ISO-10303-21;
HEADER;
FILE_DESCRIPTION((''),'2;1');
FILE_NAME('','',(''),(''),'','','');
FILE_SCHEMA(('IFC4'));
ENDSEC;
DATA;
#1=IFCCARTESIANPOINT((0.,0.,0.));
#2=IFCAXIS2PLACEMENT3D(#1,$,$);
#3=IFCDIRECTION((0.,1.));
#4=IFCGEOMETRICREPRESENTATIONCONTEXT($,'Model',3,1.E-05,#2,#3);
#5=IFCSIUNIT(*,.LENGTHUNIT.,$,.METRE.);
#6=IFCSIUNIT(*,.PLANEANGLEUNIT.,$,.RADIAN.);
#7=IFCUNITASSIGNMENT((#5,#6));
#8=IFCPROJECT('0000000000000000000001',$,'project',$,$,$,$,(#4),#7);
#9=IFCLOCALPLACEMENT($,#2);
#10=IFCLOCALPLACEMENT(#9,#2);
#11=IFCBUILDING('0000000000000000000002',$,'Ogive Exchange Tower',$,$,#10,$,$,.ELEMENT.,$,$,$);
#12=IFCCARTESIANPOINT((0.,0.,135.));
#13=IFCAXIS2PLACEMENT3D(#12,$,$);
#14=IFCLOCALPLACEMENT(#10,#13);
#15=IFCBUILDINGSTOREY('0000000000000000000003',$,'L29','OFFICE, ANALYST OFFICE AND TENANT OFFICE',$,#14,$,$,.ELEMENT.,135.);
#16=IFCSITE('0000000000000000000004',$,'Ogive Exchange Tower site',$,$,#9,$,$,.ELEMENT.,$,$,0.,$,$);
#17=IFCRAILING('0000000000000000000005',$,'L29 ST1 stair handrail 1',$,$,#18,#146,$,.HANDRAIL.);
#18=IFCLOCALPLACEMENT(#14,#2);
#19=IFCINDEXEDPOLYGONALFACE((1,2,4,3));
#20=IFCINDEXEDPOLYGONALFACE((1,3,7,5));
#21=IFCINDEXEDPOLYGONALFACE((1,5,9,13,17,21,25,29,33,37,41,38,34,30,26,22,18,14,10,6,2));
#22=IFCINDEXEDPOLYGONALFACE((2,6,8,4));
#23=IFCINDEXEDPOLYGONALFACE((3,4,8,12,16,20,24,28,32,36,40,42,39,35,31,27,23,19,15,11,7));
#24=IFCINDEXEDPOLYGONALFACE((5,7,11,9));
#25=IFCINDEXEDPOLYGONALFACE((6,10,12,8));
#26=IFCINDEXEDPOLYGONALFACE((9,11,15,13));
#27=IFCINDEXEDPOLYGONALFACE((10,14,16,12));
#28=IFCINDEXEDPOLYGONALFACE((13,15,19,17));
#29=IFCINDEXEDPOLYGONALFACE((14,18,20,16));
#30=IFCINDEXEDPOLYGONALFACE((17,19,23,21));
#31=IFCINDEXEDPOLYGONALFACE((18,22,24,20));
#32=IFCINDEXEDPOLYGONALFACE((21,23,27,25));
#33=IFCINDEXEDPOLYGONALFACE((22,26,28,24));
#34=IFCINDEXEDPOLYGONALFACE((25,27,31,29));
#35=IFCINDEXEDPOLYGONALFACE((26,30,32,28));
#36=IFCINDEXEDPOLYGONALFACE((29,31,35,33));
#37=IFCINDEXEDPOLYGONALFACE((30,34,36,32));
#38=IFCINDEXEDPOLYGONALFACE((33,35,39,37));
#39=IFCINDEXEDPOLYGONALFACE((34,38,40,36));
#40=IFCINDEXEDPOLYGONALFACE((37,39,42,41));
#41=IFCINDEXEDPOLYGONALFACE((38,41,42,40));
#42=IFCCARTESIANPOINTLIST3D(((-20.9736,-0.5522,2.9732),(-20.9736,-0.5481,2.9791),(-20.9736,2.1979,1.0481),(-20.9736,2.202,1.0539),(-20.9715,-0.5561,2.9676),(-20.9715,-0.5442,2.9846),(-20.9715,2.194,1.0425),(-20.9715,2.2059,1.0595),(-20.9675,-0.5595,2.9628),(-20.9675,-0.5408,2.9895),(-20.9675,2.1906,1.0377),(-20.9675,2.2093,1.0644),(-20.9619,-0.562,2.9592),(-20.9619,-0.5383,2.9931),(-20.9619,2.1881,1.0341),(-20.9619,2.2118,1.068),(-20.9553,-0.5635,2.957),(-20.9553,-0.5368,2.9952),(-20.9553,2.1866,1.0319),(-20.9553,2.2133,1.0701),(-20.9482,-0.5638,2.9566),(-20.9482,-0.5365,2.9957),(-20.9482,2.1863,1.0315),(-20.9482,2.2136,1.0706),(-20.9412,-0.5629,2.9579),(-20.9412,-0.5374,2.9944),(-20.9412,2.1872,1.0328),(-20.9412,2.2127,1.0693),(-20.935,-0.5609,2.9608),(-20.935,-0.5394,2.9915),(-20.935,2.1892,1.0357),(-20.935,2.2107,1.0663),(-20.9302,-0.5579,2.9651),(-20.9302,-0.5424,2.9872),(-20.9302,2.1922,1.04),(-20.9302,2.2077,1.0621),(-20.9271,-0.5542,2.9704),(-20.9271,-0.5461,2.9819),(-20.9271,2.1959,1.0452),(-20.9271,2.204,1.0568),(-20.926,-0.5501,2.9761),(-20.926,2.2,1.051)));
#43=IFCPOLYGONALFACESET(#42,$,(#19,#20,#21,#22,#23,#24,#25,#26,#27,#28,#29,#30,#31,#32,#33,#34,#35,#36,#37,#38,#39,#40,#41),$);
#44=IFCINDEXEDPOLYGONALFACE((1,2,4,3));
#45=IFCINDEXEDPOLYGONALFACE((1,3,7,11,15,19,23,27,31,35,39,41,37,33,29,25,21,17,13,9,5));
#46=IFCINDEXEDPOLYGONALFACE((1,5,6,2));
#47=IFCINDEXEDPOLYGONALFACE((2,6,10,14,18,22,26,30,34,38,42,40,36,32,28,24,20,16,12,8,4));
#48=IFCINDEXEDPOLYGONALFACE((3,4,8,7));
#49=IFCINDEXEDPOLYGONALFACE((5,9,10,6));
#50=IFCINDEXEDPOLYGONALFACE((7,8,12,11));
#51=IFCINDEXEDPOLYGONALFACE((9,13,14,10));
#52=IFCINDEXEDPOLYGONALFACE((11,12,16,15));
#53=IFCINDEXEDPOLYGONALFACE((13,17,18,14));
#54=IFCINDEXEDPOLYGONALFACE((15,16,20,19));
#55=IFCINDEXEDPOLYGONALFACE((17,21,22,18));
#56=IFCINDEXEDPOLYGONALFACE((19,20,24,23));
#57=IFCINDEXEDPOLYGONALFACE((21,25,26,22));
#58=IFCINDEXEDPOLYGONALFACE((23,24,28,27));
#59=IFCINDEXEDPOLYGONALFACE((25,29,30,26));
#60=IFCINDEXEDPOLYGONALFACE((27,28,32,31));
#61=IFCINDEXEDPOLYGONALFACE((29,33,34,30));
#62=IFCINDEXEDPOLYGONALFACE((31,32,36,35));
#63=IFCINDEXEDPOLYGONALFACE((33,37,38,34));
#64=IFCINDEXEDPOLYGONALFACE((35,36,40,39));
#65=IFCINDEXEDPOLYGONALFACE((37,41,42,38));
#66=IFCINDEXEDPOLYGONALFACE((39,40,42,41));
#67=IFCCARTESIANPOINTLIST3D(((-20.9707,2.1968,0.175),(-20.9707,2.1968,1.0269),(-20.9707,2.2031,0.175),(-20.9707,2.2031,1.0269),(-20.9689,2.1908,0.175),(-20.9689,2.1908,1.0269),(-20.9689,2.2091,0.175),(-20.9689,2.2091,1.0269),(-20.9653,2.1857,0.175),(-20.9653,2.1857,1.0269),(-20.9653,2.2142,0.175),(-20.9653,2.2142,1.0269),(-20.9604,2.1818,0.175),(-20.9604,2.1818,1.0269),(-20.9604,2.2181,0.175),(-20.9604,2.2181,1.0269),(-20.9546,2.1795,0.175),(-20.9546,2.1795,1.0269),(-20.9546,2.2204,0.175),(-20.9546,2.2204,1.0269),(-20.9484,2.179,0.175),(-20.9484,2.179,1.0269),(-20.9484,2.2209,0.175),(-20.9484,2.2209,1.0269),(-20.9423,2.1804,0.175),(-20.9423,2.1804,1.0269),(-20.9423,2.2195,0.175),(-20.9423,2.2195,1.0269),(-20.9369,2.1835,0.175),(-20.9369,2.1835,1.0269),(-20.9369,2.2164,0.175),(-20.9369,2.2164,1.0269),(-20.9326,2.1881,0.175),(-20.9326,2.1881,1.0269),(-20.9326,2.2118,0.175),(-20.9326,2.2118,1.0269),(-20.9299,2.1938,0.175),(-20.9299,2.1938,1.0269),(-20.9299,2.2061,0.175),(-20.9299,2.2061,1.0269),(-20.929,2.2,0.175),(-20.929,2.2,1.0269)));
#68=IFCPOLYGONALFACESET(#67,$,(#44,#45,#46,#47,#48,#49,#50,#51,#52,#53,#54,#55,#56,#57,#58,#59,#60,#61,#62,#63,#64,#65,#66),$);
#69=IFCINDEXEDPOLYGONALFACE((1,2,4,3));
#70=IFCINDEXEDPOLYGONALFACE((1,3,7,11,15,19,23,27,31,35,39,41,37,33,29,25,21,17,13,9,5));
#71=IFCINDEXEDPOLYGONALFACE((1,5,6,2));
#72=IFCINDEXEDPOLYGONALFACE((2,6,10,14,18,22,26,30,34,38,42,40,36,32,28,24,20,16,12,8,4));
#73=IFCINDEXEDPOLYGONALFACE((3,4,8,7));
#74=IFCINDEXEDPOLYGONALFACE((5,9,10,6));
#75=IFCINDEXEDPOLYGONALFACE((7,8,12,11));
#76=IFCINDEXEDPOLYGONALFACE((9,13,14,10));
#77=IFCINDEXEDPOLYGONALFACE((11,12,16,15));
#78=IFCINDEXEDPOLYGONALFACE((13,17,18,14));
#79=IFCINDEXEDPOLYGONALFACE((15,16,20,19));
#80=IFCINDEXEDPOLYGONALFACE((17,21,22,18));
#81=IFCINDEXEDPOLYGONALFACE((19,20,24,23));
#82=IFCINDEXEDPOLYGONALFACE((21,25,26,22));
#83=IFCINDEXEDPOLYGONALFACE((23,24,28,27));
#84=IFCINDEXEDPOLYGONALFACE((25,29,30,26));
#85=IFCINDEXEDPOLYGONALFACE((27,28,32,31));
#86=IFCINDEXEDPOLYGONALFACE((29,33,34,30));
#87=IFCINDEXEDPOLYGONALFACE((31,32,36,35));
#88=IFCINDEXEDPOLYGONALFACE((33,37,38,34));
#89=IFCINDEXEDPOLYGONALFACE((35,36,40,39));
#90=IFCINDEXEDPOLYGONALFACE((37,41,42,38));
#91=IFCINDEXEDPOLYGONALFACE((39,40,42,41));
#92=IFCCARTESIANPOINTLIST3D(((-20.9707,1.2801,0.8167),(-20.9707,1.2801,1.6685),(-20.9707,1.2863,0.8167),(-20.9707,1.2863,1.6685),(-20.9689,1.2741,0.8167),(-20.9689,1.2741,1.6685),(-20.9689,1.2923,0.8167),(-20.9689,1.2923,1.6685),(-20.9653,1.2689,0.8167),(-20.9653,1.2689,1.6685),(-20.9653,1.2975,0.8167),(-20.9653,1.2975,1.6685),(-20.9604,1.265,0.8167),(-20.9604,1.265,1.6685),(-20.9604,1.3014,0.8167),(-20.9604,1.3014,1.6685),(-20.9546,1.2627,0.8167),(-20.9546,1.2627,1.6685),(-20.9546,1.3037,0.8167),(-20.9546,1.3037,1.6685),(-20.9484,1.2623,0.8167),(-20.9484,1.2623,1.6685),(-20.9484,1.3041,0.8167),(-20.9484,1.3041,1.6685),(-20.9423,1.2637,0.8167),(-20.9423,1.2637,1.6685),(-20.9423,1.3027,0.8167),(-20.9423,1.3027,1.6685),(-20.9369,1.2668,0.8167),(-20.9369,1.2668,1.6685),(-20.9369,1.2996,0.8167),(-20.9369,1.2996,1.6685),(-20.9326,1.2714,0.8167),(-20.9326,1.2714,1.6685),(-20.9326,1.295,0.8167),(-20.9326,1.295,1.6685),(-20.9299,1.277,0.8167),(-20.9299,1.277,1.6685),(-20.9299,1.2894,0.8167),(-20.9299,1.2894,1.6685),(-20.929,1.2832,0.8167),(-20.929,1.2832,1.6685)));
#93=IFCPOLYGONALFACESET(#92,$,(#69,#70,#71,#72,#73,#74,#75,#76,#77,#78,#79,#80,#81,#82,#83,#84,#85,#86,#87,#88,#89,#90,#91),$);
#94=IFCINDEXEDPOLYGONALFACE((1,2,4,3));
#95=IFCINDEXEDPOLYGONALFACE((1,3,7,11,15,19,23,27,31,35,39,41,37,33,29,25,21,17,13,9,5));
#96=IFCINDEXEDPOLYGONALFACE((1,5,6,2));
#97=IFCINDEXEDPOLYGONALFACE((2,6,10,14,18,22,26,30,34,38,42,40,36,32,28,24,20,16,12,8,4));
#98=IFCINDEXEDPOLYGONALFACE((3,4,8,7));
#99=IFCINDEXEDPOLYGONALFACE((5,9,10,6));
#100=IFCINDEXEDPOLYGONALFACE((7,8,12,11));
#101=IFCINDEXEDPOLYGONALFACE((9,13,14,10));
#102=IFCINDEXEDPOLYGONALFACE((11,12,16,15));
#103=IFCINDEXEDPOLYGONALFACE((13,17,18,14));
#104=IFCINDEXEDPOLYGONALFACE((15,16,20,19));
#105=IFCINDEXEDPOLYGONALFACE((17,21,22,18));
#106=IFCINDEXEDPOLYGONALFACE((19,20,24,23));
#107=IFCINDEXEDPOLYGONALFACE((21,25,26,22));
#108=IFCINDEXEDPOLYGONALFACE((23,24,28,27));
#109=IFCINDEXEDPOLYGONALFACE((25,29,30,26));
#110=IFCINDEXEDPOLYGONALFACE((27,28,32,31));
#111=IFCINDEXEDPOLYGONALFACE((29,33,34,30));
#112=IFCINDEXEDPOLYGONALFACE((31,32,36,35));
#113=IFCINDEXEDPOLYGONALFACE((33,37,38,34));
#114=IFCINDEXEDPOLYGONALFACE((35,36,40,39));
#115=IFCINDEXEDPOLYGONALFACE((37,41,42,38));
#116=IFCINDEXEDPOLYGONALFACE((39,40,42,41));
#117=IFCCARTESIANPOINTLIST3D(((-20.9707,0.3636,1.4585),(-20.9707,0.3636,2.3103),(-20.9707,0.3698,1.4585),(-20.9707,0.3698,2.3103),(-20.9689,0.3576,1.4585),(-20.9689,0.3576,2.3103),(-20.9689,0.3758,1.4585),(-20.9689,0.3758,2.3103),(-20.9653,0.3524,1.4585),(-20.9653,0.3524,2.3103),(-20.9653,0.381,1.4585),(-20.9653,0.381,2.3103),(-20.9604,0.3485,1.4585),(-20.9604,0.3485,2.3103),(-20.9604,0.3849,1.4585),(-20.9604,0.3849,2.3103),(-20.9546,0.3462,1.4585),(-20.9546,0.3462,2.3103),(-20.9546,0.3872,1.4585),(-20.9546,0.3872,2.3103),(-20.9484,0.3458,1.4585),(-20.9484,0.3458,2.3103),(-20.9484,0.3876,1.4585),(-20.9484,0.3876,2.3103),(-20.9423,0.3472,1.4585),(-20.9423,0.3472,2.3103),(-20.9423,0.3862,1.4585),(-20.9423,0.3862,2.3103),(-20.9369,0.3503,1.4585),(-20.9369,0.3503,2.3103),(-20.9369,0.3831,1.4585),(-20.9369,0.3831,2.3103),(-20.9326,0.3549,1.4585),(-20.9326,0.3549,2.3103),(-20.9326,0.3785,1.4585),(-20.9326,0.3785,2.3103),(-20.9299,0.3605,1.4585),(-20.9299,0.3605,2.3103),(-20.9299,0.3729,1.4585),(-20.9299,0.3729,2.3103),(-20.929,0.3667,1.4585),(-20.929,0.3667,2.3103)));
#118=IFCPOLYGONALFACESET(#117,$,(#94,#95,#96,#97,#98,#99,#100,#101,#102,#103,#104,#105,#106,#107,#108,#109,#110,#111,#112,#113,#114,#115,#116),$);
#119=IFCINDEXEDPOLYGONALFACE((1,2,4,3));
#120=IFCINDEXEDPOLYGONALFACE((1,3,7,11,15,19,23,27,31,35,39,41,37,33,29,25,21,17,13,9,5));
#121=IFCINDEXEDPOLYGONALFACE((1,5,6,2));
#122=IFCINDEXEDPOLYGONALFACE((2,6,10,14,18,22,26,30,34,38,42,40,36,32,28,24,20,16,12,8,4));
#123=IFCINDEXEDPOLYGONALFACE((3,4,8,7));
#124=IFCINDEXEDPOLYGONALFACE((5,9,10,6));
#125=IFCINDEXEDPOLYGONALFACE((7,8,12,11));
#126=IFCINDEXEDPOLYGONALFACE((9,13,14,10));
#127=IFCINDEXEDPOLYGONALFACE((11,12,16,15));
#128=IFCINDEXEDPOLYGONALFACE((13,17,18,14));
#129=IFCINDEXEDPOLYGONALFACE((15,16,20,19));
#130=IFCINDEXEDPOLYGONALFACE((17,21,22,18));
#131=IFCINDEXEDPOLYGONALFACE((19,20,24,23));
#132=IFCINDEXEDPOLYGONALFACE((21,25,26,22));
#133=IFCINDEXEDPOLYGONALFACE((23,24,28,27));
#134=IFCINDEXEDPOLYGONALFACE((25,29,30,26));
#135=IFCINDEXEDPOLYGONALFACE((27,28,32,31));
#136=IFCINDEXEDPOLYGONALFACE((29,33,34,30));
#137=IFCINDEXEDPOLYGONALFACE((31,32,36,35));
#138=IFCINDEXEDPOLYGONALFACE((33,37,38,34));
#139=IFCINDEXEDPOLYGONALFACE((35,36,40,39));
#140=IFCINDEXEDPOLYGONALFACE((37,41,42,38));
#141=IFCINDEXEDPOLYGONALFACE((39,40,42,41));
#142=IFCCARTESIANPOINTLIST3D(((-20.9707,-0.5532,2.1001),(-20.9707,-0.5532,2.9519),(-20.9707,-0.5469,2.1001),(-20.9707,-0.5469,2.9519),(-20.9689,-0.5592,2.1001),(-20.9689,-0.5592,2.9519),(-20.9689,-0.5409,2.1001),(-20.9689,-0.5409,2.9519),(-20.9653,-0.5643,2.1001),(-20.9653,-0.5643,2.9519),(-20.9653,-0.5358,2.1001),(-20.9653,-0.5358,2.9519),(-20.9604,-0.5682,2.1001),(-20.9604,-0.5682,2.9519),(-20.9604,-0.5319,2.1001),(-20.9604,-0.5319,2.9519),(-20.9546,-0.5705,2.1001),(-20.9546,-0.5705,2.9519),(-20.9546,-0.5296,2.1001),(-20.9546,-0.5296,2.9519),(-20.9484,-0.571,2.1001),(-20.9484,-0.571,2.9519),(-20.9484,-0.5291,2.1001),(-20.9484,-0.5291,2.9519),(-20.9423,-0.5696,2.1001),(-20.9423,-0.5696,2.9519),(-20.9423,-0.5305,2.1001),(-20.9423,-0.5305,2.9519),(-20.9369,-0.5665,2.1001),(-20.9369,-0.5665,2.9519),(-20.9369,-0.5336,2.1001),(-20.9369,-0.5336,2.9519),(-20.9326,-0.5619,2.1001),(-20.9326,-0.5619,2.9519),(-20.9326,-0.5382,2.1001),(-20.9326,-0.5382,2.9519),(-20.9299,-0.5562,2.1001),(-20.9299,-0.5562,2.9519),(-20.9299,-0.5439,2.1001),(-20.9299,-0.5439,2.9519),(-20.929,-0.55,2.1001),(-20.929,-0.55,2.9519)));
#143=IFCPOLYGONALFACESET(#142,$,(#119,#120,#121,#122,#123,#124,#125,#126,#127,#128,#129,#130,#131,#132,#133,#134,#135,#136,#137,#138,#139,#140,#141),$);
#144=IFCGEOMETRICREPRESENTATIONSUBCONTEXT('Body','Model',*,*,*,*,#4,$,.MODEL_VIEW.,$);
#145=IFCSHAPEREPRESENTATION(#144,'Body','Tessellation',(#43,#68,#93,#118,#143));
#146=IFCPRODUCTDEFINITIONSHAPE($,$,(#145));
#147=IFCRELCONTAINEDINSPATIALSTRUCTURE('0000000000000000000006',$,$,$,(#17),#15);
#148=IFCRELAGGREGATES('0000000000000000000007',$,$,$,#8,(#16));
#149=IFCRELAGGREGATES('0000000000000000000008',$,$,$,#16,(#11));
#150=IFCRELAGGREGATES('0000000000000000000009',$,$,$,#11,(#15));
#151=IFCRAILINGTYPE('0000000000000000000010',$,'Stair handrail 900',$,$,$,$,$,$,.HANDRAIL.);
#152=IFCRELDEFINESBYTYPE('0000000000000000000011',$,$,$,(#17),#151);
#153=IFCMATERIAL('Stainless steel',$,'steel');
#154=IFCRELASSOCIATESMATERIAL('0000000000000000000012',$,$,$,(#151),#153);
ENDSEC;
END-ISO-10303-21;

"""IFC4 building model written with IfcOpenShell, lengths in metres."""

from ifc_helpers import new_model, si_unit, direction, frame, origin, origin_2d, place, context, subcontext, project, spatial, circle, extrude, material, type_object, element, save


model = new_model("IFC4")

# Units and contexts
model_context = context("Model", 3, precision=1e-05, world=origin(), true_north=direction((0.0, 1.0)))
body_context = subcontext(model_context, "Body", "Model", "MODEL_VIEW")
ifc_project = project(units=[si_unit("LENGTHUNIT", "METRE"), si_unit("PLANEANGLEUNIT", "RADIAN")], contexts=[model_context])

# Site, building, storey
site_placement = place(None, origin())
site = spatial("IfcSite", under=ifc_project, at=site_placement, Name="Ogive Exchange Tower site", CompositionType="ELEMENT", RefElevation=0.0)
building_placement = place(site_placement, origin())
building = spatial("IfcBuilding", under=site, at=building_placement, Name="Ogive Exchange Tower", CompositionType="ELEMENT")
storey_placement = place(building_placement, frame((0.0, 0.0, 135.0)))
storey = spatial("IfcBuildingStorey", under=building, at=storey_placement, Name="L29", Description="OFFICE, ANALYST OFFICE AND TENANT OFFICE", CompositionType="ELEMENT", Elevation=135.0)

# Shared definitions
ifc_material_1 = material(Name="Stainless steel", Category="steel")

# Railing
railing_type = type_object("IfcRailingType", Name="Stair handrail 900", PredefinedType="HANDRAIL", material=ifc_material_1)
railing_1_placement = place(storey_placement, frame((-20.95, 2.2, 0.175)))
element("IfcRailing", 1, at=railing_1_placement, inside=storey, type_object=railing_type, Name="L29 ST1 stair handrail 1", PredefinedType="HANDRAIL", context=body_context, shape_type="SweptSolid", body=[
    extrude(circle(Radius=0.0239, at=origin_2d()), frame((0.0, 0.0, 0.876), z_axis=(0.0, -0.819225, 0.573472), x_axis=(1.0, 0.0, 0.0)), (0.0, 0.0, 1.0), 3.3569),
    extrude(circle(Radius=0.021, at=origin_2d()), origin(), (0.0, 0.0, 1.0), 0.8518),
    extrude(circle(Radius=0.021, at=origin_2d()), frame((0.0, -0.9167, 0.6416)), (0.0, 0.0, 1.0), 0.8518),
    extrude(circle(Radius=0.021, at=origin_2d()), frame((0.0, -1.8333, 1.2834)), (0.0, 0.0, 1.0), 0.8518),
    extrude(circle(Radius=0.021, at=origin_2d()), frame((0.0, -2.75, 1.925)), (0.0, 0.0, 1.0), 0.8518),
])

save(model, "model.ifc")
